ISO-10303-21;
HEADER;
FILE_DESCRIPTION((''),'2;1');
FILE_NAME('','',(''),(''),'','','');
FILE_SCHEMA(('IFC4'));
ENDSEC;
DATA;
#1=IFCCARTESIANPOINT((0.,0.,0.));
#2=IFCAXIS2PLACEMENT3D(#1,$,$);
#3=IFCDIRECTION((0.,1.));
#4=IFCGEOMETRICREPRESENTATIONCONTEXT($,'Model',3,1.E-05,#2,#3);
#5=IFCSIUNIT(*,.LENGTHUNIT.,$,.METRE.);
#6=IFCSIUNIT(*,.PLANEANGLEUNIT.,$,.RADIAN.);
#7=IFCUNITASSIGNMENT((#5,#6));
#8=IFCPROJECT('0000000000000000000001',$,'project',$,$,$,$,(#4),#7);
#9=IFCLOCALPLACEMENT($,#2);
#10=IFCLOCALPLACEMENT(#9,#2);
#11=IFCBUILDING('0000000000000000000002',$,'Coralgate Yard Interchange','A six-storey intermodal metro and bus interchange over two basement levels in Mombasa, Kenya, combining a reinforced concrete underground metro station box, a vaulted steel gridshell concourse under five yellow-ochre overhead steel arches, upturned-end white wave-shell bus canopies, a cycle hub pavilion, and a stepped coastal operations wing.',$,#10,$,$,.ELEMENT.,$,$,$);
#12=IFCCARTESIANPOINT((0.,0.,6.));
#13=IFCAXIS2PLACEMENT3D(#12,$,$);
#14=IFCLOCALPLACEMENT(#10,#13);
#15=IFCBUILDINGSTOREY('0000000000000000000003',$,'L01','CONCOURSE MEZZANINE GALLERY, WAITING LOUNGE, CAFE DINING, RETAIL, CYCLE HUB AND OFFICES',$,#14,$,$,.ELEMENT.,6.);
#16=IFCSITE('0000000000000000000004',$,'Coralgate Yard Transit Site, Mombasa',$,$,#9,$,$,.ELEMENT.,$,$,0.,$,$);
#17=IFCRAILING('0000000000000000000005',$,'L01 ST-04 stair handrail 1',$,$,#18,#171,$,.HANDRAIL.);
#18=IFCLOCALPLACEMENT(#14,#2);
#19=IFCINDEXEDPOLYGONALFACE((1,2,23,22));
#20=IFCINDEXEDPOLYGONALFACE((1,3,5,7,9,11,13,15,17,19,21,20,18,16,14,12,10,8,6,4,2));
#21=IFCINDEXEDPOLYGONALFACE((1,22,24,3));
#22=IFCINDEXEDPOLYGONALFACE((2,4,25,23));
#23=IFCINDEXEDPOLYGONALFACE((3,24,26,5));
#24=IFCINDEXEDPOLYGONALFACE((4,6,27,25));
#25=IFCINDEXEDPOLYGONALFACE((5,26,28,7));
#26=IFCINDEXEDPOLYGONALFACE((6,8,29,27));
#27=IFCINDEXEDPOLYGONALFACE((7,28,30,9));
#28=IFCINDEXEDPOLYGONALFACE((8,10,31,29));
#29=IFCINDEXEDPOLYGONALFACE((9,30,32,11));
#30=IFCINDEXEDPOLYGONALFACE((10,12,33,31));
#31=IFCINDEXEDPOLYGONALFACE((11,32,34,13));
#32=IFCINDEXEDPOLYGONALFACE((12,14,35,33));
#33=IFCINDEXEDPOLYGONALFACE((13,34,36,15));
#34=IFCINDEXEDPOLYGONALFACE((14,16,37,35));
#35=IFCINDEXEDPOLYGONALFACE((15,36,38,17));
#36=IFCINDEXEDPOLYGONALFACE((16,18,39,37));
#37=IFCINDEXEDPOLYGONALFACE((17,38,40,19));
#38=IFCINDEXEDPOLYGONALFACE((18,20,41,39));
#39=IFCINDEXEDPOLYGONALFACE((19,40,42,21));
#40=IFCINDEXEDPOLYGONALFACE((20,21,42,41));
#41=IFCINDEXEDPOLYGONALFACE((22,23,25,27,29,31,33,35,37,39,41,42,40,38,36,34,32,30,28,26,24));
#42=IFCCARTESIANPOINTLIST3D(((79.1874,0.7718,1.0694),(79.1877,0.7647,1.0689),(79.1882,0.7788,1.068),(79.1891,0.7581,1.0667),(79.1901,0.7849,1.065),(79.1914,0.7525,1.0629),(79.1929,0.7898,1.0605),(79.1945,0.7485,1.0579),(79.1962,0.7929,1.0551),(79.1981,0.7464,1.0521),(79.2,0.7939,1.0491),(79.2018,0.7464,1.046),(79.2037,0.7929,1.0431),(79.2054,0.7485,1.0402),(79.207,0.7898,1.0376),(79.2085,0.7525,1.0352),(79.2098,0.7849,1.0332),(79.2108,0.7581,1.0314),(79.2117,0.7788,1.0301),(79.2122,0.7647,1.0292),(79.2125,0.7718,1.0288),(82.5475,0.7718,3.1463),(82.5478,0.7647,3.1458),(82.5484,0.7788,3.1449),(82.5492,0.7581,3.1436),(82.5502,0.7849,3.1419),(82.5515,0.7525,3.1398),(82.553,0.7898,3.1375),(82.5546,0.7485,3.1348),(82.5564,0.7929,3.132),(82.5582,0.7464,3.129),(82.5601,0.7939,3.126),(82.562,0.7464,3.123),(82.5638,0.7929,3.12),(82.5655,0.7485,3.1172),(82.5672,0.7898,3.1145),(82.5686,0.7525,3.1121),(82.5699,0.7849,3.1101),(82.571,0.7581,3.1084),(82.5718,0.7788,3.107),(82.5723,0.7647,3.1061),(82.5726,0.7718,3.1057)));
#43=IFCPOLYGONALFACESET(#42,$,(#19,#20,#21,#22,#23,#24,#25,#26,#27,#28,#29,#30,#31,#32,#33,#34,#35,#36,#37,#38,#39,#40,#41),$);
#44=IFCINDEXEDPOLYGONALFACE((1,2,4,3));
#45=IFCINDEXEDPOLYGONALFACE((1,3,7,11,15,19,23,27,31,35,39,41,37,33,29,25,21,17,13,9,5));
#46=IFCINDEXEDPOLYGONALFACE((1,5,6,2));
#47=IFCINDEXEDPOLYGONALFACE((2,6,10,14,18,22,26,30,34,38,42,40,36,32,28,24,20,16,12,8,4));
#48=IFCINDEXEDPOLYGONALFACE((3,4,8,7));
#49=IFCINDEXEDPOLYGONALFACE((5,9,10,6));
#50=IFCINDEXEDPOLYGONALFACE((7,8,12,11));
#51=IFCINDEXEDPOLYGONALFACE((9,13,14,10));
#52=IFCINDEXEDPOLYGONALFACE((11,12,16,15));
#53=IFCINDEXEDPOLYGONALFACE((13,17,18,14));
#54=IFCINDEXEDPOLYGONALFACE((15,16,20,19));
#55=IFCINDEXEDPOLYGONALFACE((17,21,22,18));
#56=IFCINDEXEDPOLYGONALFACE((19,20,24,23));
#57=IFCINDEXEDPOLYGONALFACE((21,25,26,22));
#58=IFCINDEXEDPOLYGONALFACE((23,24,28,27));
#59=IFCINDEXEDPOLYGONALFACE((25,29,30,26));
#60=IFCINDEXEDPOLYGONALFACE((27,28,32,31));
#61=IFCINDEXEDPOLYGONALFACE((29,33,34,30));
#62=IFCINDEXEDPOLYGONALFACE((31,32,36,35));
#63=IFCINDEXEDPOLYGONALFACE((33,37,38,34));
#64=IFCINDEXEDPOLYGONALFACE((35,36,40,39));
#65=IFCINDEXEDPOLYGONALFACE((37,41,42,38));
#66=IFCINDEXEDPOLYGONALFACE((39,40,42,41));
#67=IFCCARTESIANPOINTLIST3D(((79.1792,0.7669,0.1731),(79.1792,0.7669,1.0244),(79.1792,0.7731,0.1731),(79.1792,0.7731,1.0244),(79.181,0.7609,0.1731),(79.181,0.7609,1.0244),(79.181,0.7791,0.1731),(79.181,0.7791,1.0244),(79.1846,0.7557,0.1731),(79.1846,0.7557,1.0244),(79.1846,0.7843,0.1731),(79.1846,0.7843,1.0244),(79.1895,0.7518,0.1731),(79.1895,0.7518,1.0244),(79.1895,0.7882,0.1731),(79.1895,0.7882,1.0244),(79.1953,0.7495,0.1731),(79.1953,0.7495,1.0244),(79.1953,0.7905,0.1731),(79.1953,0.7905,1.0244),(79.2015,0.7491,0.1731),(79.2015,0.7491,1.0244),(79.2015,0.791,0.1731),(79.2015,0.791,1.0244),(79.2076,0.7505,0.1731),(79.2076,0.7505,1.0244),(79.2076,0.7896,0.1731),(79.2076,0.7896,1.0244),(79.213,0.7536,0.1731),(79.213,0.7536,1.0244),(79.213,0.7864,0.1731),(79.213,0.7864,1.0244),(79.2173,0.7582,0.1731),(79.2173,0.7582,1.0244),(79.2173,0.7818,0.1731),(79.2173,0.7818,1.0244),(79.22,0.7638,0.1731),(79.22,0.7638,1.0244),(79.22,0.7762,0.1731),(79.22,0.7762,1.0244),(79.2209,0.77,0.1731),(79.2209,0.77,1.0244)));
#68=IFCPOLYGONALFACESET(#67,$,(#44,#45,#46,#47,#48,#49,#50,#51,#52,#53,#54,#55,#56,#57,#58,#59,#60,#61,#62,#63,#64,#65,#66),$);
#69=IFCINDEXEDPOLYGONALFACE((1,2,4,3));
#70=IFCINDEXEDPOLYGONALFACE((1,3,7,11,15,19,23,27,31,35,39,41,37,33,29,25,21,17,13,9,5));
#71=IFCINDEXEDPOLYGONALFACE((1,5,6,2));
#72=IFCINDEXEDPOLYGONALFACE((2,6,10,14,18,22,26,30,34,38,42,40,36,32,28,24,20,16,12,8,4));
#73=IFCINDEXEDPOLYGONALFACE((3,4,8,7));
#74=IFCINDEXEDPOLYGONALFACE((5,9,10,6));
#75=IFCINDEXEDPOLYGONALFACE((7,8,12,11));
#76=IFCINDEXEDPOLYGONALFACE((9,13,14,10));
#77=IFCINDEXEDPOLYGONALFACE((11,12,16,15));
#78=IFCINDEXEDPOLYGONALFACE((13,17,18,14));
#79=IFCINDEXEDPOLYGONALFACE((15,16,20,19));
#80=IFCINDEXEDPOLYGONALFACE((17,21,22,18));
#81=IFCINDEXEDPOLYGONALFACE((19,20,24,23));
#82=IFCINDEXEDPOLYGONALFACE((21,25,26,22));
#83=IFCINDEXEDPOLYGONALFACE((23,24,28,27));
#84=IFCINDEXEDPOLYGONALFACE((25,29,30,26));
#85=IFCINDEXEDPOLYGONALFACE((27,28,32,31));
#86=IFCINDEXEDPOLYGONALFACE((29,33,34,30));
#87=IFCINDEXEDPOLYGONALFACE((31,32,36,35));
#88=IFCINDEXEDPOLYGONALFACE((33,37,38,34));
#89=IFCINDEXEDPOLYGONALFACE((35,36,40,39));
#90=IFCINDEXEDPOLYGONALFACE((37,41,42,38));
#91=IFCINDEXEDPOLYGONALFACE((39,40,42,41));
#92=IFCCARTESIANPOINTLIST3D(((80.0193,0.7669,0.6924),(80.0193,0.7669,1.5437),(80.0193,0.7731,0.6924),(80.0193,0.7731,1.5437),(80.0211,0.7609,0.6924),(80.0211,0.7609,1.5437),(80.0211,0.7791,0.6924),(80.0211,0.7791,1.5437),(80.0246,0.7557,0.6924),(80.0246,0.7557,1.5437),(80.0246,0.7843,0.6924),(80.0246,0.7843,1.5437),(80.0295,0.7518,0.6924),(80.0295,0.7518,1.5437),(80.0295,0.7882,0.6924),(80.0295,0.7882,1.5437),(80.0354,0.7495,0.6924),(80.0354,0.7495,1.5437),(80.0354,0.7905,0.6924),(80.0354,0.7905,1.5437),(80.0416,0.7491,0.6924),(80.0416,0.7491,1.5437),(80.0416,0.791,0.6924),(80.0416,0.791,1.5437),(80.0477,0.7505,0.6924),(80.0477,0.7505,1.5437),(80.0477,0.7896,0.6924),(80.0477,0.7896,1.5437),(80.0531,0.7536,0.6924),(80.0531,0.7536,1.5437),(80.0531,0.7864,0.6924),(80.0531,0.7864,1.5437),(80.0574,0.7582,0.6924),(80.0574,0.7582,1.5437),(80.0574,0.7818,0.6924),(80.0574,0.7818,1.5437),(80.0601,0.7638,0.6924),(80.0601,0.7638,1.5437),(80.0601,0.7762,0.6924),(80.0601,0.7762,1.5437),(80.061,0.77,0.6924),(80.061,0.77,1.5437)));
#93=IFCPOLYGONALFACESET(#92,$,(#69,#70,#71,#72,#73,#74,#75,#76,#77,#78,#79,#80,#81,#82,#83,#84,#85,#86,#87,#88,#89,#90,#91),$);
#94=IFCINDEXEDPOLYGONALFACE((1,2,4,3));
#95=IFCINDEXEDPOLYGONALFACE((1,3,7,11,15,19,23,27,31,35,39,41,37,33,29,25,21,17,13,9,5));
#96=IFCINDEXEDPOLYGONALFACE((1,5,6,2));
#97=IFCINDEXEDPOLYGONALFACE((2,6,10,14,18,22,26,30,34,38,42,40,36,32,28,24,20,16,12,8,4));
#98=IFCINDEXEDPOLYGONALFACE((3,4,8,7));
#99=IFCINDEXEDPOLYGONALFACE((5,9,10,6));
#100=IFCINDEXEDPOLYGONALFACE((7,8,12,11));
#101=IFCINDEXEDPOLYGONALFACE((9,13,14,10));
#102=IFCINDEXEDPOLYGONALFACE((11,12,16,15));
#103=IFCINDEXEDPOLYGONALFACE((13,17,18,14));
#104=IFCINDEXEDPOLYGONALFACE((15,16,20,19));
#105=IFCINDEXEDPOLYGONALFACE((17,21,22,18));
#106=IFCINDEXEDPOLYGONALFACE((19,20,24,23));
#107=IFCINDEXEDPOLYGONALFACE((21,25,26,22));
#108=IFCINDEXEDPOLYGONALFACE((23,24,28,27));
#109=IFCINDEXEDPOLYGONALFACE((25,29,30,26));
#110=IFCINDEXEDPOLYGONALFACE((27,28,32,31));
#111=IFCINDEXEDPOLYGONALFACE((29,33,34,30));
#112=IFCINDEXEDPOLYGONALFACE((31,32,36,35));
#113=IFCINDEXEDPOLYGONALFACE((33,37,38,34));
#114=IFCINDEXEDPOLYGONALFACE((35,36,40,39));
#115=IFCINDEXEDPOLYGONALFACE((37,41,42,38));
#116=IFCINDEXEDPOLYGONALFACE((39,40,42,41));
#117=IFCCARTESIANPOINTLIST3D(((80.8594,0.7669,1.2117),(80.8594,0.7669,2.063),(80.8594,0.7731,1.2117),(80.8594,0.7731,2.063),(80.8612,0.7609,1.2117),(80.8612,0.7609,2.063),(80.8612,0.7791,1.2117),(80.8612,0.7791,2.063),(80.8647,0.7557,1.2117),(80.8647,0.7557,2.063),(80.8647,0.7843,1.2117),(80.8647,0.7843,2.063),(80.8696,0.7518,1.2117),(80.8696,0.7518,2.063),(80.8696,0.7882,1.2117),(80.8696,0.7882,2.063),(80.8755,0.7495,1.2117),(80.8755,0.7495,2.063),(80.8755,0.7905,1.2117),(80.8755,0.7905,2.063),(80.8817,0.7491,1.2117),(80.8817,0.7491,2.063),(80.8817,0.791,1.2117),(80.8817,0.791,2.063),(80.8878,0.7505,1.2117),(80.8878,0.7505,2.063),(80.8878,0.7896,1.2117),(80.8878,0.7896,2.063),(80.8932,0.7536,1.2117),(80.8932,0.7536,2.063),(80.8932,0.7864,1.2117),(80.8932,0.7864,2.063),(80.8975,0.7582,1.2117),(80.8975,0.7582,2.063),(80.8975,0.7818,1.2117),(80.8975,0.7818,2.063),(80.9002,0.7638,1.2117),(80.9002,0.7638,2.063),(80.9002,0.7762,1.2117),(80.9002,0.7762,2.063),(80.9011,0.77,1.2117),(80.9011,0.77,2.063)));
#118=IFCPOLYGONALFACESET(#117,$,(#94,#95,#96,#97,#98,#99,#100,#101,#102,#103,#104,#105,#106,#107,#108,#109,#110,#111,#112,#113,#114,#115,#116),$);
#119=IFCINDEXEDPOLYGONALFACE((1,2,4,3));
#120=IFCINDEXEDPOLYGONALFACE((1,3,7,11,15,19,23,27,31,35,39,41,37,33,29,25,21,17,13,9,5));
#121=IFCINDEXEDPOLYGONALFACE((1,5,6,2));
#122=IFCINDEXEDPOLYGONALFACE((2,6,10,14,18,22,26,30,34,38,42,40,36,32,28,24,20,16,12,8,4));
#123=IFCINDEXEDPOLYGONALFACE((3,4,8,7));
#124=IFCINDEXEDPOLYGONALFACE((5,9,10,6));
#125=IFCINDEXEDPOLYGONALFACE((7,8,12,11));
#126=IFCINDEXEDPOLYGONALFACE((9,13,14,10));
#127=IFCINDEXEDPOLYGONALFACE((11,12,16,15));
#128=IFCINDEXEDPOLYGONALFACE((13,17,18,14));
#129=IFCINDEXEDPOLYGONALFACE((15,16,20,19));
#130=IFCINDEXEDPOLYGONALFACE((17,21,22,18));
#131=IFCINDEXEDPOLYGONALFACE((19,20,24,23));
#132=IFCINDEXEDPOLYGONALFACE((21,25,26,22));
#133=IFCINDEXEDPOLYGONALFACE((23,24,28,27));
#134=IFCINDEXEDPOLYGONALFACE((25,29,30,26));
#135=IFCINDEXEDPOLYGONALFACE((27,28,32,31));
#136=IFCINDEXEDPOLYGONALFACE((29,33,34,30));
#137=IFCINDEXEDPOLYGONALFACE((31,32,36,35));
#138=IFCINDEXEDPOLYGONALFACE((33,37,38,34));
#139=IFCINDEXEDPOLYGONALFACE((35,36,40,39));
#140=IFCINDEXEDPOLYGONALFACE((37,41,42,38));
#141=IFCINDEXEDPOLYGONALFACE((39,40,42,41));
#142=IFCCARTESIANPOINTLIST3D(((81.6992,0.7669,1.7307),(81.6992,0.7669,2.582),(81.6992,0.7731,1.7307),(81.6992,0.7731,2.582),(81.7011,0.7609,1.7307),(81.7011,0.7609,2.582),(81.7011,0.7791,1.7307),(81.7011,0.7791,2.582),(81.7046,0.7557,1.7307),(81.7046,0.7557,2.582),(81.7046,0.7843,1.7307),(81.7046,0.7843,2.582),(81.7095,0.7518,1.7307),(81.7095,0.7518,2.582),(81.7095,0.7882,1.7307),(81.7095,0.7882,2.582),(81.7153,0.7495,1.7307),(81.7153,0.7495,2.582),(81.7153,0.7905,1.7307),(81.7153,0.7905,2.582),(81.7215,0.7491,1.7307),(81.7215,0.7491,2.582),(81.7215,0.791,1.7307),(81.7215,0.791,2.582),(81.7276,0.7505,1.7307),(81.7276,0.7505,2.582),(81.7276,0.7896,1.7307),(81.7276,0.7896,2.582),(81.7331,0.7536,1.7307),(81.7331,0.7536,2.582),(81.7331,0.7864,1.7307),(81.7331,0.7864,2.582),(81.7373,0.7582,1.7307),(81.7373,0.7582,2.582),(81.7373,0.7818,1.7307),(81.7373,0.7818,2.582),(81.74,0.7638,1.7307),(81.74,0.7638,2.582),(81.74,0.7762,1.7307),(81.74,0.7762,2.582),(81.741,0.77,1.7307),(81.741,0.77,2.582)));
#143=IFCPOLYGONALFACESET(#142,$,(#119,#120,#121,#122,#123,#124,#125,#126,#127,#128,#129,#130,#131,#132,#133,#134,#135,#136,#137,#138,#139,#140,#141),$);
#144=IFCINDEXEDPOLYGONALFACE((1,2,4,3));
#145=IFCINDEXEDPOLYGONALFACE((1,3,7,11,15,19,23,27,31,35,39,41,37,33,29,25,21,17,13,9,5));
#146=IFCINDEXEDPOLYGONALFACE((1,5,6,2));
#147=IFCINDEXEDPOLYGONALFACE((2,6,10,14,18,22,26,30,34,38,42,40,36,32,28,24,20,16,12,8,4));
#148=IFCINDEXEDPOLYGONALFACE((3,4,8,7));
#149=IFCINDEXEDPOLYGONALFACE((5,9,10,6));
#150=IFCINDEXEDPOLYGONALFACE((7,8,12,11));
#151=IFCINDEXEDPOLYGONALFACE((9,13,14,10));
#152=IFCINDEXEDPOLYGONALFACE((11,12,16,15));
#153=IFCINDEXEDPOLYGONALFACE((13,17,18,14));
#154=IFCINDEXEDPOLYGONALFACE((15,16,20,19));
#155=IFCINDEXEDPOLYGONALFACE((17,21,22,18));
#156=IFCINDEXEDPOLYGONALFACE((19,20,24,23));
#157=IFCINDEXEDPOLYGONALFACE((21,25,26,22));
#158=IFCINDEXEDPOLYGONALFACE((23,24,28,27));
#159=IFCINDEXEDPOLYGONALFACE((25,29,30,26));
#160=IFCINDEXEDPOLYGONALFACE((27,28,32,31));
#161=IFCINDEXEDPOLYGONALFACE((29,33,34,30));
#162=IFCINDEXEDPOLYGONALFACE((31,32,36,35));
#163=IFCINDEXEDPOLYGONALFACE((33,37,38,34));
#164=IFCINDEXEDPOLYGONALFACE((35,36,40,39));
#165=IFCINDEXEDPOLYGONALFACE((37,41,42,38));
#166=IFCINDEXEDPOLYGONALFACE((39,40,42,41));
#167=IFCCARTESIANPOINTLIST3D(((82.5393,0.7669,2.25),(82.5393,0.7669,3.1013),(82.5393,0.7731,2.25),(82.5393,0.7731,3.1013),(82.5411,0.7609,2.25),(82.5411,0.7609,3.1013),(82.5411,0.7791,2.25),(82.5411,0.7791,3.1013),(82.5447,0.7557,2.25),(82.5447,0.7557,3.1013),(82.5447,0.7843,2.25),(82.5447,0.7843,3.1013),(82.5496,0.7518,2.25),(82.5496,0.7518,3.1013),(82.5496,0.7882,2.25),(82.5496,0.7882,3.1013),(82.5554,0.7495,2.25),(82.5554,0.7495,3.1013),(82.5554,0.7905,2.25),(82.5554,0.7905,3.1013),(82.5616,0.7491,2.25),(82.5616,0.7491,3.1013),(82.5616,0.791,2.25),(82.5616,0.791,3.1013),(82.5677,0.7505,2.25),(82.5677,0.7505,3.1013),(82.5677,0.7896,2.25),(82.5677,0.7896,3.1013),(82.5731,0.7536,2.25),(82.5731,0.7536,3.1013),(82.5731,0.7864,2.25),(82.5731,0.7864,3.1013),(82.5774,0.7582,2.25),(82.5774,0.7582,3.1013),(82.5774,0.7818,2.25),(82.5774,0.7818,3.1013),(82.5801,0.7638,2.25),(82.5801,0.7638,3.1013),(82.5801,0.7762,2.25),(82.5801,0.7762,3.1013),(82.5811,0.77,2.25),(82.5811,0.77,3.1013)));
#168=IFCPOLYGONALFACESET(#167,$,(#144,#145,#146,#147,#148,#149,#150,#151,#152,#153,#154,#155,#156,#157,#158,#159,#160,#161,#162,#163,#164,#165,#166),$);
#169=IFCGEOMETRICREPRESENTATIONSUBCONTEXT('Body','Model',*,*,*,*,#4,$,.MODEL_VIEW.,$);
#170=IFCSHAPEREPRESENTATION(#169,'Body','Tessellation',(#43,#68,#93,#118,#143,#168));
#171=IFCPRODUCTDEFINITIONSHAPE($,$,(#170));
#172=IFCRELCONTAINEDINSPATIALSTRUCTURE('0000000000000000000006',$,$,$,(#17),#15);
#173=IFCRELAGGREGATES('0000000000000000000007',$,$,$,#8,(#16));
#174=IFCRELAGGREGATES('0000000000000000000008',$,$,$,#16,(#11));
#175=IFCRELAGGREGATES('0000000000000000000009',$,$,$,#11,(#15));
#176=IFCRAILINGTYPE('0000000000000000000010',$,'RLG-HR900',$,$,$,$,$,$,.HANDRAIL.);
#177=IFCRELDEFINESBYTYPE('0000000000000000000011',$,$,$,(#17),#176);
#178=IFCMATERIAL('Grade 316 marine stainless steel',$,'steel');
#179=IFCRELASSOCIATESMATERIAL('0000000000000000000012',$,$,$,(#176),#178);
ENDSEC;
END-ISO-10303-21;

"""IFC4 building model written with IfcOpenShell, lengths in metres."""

from ifc_helpers import new_model, si_unit, direction, frame, origin, origin_2d, place, context, subcontext, project, spatial, circle, extrude, material, type_object, element, save


model = new_model("IFC4")

# Units and contexts
model_context = context("Model", 3, precision=1e-05, world=origin(), true_north=direction((0.0, 1.0)))
body_context = subcontext(model_context, "Body", "Model", "MODEL_VIEW")
ifc_project = project(units=[si_unit("LENGTHUNIT", "METRE"), si_unit("PLANEANGLEUNIT", "RADIAN")], contexts=[model_context])

# Site, building, storey
site_placement = place(None, origin())
site = spatial("IfcSite", under=ifc_project, at=site_placement, Name="Coralgate Yard Transit Site, Mombasa", CompositionType="ELEMENT", RefElevation=0.0)
building_placement = place(site_placement, origin())
building = spatial("IfcBuilding", under=site, at=building_placement, Name="Coralgate Yard Interchange", Description="A six-storey intermodal metro and bus interchange over two basement levels in Mombasa, Kenya, combining a reinforced concrete underground metro station box, a vaulted steel gridshell concourse under five yellow-ochre overhead steel arches, upturned-end white wave-shell bus canopies, a cycle hub pavilion, and a stepped coastal operations wing.", CompositionType="ELEMENT")
storey_placement = place(building_placement, frame((0.0, 0.0, 6.0)))
storey = spatial("IfcBuildingStorey", under=building, at=storey_placement, Name="L01", Description="CONCOURSE MEZZANINE GALLERY, WAITING LOUNGE, CAFE DINING, RETAIL, CYCLE HUB AND OFFICES", CompositionType="ELEMENT", Elevation=6.0)

# Railing
ifc_material_1 = material(Name="Grade 316 marine stainless steel", Category="steel")
railing_type_1 = type_object("IfcRailingType", Name="RLG-HR900", PredefinedType="HANDRAIL", material=ifc_material_1)
railing_1_placement = place(storey_placement, frame((79.2, 0.77, 0.1731)))
element("IfcRailing", 1, at=railing_1_placement, inside=storey, type_object=railing_type_1, Name="L01 ST-04 stair handrail 1", PredefinedType="HANDRAIL", context=body_context, shape_type="SweptSolid", body=[
    extrude(circle(Radius=0.0239, at=origin_2d()), frame((0.0, 0.0, 0.876), z_axis=(0.850623, 0.0, 0.525776), x_axis=(0.0, 1.0, 0.0)), (0.0, 0.0, 1.0), 3.9502),
    extrude(circle(Radius=0.021, at=origin_2d()), origin(), (0.0, 0.0, 1.0), 0.8513),
    extrude(circle(Radius=0.021, at=origin_2d()), frame((0.8401, 0.0, 0.5193)), (0.0, 0.0, 1.0), 0.8513),
    extrude(circle(Radius=0.021, at=origin_2d()), frame((1.6802, 0.0, 1.0386)), (0.0, 0.0, 1.0), 0.8513),
    extrude(circle(Radius=0.021, at=origin_2d()), frame((2.52, 0.0, 1.5576)), (0.0, 0.0, 1.0), 0.8513),
    extrude(circle(Radius=0.021, at=origin_2d()), frame((3.3601, 0.0, 2.0769)), (0.0, 0.0, 1.0), 0.8513),
])

save(model, "model.ifc")
